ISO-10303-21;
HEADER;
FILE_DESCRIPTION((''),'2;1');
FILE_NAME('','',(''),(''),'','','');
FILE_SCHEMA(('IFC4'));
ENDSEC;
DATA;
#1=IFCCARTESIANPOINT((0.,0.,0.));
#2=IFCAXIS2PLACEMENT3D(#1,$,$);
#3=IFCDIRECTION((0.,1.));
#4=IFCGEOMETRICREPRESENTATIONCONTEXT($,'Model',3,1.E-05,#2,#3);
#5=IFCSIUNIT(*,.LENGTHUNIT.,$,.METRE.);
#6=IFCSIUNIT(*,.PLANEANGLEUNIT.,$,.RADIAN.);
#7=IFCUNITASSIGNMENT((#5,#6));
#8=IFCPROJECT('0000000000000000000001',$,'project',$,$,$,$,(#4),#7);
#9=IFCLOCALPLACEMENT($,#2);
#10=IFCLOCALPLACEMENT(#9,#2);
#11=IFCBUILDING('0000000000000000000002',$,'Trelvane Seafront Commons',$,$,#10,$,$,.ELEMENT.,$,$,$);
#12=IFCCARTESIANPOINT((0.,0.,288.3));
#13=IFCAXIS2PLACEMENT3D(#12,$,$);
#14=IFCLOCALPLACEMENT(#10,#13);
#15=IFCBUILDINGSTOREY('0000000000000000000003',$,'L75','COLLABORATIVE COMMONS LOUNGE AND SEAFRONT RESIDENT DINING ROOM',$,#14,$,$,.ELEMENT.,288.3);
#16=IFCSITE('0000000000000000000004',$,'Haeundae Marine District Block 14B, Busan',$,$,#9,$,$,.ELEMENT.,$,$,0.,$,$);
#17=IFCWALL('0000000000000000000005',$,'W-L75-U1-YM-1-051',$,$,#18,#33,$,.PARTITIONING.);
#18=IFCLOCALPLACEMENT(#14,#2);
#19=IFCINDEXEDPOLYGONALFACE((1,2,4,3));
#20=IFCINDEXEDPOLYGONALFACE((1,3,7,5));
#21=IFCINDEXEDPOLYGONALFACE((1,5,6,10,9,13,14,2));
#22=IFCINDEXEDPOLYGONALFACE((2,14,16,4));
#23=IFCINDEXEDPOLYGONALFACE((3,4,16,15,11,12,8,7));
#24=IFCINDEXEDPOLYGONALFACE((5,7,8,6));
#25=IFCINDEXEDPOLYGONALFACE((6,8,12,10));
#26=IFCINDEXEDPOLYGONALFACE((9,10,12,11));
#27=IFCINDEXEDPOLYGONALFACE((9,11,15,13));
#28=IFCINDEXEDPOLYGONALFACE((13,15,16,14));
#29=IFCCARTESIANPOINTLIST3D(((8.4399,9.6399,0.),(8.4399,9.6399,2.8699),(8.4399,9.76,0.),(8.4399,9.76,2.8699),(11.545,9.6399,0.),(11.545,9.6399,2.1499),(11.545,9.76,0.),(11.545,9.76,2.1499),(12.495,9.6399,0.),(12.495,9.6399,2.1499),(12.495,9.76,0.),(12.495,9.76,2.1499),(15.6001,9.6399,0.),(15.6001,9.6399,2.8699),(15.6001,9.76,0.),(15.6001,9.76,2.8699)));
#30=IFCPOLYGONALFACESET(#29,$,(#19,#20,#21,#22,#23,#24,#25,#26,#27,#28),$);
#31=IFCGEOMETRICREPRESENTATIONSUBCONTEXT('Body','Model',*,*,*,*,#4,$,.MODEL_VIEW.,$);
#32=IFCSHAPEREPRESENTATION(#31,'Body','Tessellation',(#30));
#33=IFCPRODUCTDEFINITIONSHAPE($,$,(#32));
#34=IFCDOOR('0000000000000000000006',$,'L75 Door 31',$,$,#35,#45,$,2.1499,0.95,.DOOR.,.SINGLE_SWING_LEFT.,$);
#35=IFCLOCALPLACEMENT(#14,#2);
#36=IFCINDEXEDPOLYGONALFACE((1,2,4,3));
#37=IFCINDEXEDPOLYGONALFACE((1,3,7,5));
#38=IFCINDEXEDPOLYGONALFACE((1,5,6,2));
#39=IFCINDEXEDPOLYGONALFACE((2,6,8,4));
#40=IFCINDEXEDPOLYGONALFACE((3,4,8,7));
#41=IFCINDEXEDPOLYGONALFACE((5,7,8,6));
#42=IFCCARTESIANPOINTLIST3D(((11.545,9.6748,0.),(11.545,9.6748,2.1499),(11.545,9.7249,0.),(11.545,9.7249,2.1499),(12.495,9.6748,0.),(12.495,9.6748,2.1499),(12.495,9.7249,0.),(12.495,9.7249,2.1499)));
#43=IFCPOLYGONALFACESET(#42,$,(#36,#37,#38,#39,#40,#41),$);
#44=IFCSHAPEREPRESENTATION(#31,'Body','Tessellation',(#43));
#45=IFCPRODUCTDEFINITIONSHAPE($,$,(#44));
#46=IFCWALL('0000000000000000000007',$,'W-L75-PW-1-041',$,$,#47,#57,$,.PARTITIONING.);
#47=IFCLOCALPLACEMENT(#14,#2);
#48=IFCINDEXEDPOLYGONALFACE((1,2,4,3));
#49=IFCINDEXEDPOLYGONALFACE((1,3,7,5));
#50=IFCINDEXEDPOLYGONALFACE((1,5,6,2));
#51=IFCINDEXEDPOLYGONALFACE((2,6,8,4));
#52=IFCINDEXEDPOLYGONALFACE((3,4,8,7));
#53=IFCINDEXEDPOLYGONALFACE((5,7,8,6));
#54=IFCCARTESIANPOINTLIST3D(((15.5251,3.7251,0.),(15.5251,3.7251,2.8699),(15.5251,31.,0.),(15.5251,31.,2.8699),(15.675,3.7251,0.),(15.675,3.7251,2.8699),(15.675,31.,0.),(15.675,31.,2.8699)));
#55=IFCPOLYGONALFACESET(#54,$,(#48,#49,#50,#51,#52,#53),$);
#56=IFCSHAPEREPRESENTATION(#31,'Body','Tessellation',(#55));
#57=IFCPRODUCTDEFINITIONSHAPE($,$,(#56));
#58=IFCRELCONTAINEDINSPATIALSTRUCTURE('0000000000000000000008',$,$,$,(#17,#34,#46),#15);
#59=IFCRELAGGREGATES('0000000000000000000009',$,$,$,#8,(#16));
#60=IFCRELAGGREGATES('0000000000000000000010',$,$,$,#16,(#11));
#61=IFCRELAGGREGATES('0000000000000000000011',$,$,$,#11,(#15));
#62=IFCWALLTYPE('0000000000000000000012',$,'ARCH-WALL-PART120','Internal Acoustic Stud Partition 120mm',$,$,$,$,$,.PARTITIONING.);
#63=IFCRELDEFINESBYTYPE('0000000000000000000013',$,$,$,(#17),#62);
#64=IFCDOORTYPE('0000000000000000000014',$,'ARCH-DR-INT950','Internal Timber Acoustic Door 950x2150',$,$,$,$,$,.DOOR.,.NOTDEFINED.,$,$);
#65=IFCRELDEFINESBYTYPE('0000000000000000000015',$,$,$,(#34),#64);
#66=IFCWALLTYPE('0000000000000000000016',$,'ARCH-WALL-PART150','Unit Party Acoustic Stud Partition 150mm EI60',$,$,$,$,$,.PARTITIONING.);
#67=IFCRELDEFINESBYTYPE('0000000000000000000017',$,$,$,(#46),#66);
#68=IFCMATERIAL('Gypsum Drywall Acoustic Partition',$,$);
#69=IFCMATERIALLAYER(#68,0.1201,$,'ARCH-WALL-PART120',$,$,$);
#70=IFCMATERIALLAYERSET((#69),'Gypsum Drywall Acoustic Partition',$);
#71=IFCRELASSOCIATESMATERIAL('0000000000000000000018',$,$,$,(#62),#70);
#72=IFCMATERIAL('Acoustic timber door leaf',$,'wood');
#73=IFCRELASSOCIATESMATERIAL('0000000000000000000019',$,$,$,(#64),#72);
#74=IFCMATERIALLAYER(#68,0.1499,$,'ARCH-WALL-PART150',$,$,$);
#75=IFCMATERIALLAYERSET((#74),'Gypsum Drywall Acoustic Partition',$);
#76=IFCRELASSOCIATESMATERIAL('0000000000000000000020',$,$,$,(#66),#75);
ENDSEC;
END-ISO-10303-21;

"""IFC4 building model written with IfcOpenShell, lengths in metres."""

from ifc_helpers import new_model, si_unit, direction, frame, frame_2d, origin, place, context, subcontext, project, spatial, rectangle, extrude, source, transform, mapped, material, layer, layer_set, type_object, element, fill, save


model = new_model("IFC4")

# Units and contexts
model_context = context("Model", 3, precision=1e-05, world=origin(), true_north=direction((0.0, 1.0)))
body_context = subcontext(model_context, "Body", "Model", "MODEL_VIEW")
ifc_project = project(units=[si_unit("LENGTHUNIT", "METRE"), si_unit("PLANEANGLEUNIT", "RADIAN")], contexts=[model_context])

# Site, building, storey
site_placement = place(None, origin())
site = spatial("IfcSite", under=ifc_project, at=site_placement, Name="Haeundae Marine District Block 14B, Busan", CompositionType="ELEMENT", RefElevation=0.0)
building_placement = place(site_placement, origin())
building = spatial("IfcBuilding", under=site, at=building_placement, Name="Trelvane Seafront Commons", CompositionType="ELEMENT")
storey_placement = place(building_placement, frame((0.0, 0.0, 288.3)))
storey = spatial("IfcBuildingStorey", under=building, at=storey_placement, Name="L75", Description="COLLABORATIVE COMMONS LOUNGE AND SEAFRONT RESIDENT DINING ROOM", CompositionType="ELEMENT", Elevation=288.3)

# Wall, opening, door
ifc_material_1 = material(Name="Gypsum Drywall Acoustic Partition")
ifc_layer_1 = layer(ifc_material_1, 0.1201, Name="ARCH-WALL-PART120")
ifc_layer_set_1 = layer_set([ifc_layer_1], Name="Gypsum Drywall Acoustic Partition")
wall_type_1 = type_object("IfcWallType", Name="ARCH-WALL-PART120", Description="Internal Acoustic Stud Partition 120mm", PredefinedType="PARTITIONING", material=ifc_layer_set_1)
wall_1_placement = place(storey_placement, frame((8.4399, 9.7, 0.0), z_axis=(0.0, 0.0, 1.0), x_axis=(1.0, 0.0, 0.0)))
wall_1 = element("IfcWall", 1, at=wall_1_placement, inside=storey, type_object=wall_type_1, Name="W-L75-U1-YM-1-051", PredefinedType="PARTITIONING", context=body_context, shape_type="SweptSolid", body=[
    extrude(rectangle(XDim=7.1602, YDim=0.1201, at=frame_2d((3.5801, 0.0))), origin(), (0.0, 0.0, 1.0), 2.8699),
])
opening_1_placement = place(wall_1_placement, frame((3.105, 0.0, 0.0)))
opening_1 = element("IfcOpeningElement", 2, at=opening_1_placement, cuts=wall_1, PredefinedType="OPENING", context=body_context, shape_type="SweptSolid", body=[
    extrude(rectangle(XDim=0.95, YDim=2.1499, at=frame_2d((0.4751, 1.075))), frame((0.0, 0.0701, 0.0), z_axis=(0.0, -1.0, 0.0), x_axis=(1.0, 0.0, 0.0)), (0.0, 0.0, 1.0), 0.1401),
])
ifc_material_2 = material(Name="Acoustic timber door leaf", Category="wood")
door_type = type_object("IfcDoorType", Name="ARCH-DR-INT950", Description="Internal Timber Acoustic Door 950x2150", OperationType="NOTDEFINED", PredefinedType="DOOR", material=ifc_material_2)
shared_shape_1 = source(origin(), body_context, "Body", "SweptSolid", [
    extrude(rectangle(XDim=0.95, YDim=2.1499, at=frame_2d((0.4751, 1.075))), frame((0.0, 0.0249, 0.0), z_axis=(0.0, -1.0, 0.0), x_axis=(1.0, 0.0, 0.0)), (0.0, 0.0, 1.0), 0.05),
])
door_placement = place(opening_1_placement, origin())
door = element("IfcDoor", 3, at=door_placement, inside=storey, type_object=door_type, Name="L75 Door 31", OperationType="SINGLE_SWING_LEFT", OverallHeight=2.1499, OverallWidth=0.95, PredefinedType="DOOR", context=body_context, shape_type="MappedRepresentation", body=[
    mapped(shared_shape_1, transform((0.0, 0.0, 0.0), x_axis=(1.0, 0.0, 0.0), y_axis=(0.0, 1.0, 0.0), z_axis=(0.0, 0.0, 1.0), scale=1.0)),
])
fill(opening_1, door)

# Wall
ifc_layer_2 = layer(ifc_material_1, 0.1499, Name="ARCH-WALL-PART150")
ifc_layer_set_2 = layer_set([ifc_layer_2], Name="Gypsum Drywall Acoustic Partition")
wall_type_2 = type_object("IfcWallType", Name="ARCH-WALL-PART150", Description="Unit Party Acoustic Stud Partition 150mm EI60", PredefinedType="PARTITIONING", material=ifc_layer_set_2)
wall_2_placement = place(storey_placement, frame((15.6001, 3.7251, 0.0), z_axis=(0.0, 0.0, 1.0), x_axis=(0.0, 1.0, 0.0)))
element("IfcWall", 4, at=wall_2_placement, inside=storey, type_object=wall_type_2, Name="W-L75-PW-1-041", PredefinedType="PARTITIONING", context=body_context, shape_type="SweptSolid", body=[
    extrude(rectangle(XDim=27.2749, YDim=0.1499, at=frame_2d((13.6375, 0.0))), origin(), (0.0, 0.0, 1.0), 2.8699),
])

save(model, "model.ifc")
